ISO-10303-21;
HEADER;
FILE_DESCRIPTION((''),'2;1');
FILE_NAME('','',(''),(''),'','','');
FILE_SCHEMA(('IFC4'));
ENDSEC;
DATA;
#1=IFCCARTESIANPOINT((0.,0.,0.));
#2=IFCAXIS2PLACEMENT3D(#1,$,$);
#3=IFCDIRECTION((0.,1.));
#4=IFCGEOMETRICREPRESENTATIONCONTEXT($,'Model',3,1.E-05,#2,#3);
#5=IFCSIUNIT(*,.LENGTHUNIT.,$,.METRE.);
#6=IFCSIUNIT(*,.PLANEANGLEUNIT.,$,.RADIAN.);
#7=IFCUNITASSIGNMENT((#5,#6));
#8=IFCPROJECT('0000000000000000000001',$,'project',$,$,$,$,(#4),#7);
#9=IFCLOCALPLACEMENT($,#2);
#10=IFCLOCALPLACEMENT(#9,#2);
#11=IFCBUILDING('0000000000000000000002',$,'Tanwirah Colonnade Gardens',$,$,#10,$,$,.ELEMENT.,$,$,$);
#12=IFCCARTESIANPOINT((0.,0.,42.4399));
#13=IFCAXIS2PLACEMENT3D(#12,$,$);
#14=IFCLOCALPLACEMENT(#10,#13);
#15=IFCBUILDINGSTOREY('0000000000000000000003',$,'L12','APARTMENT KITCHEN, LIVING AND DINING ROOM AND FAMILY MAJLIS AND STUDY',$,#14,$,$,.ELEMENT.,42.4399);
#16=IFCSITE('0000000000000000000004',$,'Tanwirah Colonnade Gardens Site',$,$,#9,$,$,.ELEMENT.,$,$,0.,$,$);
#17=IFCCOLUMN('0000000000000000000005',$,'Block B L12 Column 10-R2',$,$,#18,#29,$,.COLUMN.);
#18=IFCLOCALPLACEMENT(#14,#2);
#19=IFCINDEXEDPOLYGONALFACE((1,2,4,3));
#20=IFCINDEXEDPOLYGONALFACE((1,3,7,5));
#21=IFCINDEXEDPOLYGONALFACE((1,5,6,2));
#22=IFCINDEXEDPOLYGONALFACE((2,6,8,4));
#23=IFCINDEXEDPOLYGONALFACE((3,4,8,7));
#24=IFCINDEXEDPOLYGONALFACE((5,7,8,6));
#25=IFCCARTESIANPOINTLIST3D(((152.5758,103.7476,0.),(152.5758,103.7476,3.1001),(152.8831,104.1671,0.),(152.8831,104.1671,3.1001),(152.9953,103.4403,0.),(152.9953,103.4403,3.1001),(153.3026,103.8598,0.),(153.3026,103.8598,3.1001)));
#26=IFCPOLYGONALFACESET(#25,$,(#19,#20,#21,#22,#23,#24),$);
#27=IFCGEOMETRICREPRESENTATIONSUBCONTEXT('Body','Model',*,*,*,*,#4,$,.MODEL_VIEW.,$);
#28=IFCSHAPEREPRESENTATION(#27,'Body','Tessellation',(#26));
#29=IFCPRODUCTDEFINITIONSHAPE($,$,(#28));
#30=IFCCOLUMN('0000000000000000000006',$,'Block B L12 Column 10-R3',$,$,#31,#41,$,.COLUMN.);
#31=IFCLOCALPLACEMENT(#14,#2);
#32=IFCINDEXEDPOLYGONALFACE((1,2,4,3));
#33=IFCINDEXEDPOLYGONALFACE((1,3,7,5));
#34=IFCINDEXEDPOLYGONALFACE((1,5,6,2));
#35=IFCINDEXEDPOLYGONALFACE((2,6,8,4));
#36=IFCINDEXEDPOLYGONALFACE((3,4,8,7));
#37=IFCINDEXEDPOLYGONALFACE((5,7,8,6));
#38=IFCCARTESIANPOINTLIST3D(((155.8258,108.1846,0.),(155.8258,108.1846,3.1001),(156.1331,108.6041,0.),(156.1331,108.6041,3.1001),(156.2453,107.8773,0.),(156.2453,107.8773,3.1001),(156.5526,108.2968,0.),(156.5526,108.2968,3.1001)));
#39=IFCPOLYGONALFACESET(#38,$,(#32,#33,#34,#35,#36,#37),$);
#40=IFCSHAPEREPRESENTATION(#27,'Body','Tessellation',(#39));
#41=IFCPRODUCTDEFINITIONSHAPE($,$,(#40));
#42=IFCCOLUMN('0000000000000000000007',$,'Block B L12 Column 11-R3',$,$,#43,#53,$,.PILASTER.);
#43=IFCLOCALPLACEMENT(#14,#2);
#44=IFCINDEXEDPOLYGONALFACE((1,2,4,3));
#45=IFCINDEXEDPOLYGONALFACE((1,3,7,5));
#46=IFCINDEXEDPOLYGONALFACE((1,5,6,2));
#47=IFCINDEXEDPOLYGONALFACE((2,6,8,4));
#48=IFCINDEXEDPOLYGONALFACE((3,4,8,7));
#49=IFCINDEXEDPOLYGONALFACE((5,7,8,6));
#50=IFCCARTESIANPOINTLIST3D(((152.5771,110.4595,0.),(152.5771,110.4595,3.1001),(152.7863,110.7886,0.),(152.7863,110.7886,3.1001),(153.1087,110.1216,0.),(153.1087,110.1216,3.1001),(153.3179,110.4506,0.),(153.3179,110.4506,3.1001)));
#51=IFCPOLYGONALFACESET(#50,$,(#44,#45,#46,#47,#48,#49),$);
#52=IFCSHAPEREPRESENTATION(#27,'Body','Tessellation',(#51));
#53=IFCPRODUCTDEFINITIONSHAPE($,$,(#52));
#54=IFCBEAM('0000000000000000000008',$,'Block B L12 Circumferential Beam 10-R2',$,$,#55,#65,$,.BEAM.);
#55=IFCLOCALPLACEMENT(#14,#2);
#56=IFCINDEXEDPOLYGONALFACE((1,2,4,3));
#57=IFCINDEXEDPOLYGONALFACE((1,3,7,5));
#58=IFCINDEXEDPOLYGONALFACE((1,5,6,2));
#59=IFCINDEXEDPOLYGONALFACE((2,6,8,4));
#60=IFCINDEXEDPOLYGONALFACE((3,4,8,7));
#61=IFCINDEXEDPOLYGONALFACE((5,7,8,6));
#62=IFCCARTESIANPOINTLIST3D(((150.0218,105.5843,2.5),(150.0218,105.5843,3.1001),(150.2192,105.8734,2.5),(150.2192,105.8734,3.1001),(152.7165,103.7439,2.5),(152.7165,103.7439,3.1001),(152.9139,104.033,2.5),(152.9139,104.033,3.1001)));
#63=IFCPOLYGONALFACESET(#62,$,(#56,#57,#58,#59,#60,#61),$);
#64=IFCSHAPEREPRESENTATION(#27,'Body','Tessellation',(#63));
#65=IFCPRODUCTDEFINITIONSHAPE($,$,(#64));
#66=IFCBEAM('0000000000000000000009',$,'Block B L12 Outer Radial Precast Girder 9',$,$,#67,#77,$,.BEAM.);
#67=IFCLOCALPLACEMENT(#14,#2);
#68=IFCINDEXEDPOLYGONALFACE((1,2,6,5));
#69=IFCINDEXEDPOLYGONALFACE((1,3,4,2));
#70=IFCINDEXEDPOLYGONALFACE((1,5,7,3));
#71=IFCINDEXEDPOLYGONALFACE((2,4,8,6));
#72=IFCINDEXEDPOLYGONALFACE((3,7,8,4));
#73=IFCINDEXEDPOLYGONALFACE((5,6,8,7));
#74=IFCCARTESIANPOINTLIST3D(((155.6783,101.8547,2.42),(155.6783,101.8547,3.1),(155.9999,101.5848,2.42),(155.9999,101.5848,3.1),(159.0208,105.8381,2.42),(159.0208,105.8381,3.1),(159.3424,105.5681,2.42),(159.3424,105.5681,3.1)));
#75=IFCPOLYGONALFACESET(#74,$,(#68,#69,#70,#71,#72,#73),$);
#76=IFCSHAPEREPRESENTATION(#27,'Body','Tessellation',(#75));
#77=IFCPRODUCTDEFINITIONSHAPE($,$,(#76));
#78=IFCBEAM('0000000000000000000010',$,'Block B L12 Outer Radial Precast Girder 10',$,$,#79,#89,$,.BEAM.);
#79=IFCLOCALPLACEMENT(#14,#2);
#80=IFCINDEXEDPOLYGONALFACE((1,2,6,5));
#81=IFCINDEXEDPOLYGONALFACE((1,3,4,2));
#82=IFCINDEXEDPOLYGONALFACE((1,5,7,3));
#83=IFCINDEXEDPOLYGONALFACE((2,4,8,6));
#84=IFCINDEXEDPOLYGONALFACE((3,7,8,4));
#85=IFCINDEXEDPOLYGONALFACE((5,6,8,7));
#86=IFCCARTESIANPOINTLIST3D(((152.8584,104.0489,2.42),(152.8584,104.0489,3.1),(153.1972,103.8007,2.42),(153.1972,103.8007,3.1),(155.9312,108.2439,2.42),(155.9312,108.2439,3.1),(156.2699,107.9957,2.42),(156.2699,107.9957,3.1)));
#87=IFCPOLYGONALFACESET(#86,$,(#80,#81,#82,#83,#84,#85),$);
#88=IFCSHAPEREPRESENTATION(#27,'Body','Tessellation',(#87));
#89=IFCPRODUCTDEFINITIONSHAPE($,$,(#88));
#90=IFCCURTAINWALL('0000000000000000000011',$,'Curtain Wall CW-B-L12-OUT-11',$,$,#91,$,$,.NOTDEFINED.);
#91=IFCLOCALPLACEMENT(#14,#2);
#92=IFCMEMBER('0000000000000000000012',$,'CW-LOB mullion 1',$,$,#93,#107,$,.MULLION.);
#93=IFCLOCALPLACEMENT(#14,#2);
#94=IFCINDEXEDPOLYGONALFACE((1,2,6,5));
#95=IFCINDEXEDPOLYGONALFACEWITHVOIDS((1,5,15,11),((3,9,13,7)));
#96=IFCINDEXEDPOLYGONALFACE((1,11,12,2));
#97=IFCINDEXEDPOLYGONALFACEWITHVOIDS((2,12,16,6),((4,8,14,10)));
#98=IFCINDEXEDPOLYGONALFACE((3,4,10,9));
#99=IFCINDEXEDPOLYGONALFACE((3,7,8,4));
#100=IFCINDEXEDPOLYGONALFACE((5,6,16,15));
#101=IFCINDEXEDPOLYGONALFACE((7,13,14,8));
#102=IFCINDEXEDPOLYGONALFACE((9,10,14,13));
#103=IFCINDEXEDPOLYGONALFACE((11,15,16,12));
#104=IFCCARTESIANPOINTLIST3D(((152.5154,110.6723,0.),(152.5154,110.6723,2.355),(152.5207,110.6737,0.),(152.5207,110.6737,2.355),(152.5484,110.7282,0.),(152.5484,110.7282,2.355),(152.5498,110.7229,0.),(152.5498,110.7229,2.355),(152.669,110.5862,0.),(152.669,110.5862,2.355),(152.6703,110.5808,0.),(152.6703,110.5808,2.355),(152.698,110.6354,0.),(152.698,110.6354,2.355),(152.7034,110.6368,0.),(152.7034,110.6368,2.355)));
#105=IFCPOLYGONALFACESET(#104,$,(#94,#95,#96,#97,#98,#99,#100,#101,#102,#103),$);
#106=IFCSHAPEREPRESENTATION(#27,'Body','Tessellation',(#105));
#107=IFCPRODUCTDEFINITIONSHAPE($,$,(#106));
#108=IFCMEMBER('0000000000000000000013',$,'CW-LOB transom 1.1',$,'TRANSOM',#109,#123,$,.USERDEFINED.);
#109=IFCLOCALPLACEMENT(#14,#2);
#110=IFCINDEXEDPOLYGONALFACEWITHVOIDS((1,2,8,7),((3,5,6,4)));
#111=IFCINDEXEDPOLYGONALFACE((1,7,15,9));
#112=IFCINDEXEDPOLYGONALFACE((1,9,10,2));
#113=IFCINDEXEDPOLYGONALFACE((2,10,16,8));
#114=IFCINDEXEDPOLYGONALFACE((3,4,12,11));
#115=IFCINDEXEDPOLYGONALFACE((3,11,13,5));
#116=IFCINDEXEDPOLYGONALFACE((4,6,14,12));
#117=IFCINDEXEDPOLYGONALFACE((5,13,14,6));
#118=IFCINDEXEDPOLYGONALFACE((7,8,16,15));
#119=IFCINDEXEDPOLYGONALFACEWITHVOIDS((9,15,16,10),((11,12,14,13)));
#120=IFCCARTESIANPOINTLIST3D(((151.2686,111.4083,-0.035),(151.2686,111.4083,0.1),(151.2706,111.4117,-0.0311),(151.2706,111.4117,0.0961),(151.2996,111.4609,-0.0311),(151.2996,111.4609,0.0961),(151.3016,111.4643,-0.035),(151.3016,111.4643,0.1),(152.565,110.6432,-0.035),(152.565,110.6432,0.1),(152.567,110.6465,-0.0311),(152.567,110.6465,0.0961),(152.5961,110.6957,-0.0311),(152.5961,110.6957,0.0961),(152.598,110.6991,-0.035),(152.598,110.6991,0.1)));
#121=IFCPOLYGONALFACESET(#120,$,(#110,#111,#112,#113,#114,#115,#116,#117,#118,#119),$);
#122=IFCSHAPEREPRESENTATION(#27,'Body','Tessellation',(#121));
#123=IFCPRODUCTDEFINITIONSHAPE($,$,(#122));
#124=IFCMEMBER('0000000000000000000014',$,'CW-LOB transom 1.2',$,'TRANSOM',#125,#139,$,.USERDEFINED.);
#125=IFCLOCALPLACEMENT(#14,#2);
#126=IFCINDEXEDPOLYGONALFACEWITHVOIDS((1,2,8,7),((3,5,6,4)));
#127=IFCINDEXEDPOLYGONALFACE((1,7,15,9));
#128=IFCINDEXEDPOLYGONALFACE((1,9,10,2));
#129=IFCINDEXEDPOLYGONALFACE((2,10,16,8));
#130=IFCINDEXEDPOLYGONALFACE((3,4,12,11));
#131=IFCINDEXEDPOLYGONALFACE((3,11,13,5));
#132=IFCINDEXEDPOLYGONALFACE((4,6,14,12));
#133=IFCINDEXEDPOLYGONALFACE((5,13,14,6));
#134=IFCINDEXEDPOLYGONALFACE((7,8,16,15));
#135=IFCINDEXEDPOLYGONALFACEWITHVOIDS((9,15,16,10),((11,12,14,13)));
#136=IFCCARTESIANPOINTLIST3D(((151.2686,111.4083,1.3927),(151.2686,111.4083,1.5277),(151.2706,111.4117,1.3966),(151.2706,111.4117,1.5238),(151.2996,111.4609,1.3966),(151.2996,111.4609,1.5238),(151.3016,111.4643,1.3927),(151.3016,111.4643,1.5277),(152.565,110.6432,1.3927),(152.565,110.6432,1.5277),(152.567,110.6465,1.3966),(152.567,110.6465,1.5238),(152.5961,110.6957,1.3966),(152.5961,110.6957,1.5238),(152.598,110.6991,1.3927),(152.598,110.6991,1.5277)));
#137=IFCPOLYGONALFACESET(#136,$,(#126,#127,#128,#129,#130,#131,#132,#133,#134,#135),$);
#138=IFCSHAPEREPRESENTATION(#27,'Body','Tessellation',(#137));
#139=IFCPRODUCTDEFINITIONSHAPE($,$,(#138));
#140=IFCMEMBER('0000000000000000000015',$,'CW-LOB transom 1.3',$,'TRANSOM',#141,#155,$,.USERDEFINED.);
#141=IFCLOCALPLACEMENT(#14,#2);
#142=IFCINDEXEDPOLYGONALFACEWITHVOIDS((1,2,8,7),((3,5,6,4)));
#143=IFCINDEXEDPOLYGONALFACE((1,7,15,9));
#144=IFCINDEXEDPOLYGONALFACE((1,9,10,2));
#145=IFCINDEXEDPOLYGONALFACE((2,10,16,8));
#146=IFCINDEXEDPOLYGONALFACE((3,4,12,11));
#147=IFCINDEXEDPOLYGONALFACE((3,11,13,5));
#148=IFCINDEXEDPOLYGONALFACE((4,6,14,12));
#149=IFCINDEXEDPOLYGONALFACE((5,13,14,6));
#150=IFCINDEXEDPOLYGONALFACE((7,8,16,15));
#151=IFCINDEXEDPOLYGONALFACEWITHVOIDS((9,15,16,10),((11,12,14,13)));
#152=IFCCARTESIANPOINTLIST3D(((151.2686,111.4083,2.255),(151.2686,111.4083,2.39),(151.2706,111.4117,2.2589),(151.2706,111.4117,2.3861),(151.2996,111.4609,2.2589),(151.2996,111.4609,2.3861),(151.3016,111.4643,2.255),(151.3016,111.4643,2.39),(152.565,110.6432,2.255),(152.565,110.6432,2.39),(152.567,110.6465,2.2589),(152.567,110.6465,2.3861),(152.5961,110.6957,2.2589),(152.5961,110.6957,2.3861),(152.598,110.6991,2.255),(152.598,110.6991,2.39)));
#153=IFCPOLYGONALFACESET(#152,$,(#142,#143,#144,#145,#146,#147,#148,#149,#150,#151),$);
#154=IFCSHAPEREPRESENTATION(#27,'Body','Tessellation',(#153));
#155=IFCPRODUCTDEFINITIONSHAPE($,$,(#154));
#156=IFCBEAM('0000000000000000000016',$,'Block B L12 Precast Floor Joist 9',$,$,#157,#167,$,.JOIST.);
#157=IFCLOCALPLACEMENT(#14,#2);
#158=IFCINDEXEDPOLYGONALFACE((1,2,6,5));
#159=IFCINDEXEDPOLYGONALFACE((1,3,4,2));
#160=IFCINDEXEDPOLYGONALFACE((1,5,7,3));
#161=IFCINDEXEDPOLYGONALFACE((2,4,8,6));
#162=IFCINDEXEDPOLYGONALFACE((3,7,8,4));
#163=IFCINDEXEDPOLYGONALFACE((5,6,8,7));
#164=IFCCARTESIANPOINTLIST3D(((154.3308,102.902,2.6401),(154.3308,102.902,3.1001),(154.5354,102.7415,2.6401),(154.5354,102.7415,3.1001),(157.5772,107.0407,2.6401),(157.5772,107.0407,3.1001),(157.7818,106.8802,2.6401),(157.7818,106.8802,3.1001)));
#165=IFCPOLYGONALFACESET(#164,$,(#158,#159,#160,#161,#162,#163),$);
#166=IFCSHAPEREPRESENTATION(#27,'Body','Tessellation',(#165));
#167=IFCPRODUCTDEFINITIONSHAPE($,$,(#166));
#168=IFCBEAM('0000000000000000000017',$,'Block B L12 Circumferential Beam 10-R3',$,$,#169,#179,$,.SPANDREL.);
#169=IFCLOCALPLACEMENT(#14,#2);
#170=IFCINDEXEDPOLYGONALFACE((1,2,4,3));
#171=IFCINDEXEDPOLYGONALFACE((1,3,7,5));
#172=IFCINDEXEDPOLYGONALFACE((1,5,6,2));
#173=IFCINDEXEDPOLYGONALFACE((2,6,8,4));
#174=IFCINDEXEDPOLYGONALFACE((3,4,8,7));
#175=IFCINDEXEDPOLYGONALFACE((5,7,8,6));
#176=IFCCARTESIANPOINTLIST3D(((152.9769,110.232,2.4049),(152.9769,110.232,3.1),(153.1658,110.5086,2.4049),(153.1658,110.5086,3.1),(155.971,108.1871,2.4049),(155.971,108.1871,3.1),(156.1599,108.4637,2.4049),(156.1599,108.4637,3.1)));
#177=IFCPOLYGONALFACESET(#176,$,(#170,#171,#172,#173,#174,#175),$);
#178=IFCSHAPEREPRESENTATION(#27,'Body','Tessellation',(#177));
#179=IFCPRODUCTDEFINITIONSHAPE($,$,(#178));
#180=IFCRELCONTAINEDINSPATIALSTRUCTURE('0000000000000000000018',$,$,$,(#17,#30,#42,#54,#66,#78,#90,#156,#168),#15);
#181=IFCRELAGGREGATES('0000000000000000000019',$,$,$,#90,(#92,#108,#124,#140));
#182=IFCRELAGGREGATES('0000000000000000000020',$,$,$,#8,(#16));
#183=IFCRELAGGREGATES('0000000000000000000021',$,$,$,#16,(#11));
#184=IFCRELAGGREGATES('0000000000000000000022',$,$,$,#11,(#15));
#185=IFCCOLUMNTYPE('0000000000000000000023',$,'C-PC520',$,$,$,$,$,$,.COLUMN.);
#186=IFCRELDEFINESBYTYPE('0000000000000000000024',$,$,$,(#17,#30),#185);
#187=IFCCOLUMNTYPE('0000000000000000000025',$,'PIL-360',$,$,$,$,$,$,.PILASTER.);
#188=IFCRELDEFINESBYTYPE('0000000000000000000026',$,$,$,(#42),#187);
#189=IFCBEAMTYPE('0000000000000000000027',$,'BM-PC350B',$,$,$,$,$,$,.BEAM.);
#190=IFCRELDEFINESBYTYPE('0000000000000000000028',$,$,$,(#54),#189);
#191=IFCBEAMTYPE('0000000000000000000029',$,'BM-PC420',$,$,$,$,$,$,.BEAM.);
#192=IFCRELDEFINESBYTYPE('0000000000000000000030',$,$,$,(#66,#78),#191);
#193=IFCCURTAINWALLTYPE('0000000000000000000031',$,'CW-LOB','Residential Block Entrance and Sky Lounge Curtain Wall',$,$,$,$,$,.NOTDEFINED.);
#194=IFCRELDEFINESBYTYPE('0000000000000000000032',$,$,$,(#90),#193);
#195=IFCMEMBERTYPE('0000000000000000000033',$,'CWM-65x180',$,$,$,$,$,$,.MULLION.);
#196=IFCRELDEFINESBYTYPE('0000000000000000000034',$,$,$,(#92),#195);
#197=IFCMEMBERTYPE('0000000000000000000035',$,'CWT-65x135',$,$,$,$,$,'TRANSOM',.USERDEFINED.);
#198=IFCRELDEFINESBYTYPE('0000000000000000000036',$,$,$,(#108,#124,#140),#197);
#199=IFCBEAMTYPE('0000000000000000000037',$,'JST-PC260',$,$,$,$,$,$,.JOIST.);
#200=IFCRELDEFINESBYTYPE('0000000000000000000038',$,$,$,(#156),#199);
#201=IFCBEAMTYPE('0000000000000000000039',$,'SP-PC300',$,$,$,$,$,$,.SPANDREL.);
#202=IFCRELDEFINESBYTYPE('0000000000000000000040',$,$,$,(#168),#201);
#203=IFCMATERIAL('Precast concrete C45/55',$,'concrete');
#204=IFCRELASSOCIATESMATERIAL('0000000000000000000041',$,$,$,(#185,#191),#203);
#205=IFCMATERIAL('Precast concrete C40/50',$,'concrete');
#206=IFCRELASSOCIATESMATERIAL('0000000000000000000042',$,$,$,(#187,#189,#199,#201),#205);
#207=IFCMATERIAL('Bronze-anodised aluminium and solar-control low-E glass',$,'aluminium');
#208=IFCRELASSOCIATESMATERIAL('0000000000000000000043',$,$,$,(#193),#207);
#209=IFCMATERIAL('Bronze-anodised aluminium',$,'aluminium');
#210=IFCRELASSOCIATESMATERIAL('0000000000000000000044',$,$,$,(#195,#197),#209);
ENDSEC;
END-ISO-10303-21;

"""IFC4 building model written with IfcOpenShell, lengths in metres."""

from ifc_helpers import new_model, si_unit, direction, frame, origin, origin_2d, place, context, subcontext, project, spatial, rectangle, hollow_rectangle, extrude, material, material_profile, profile_set, type_object, element, aggregate, save


model = new_model("IFC4")

# Units and contexts
model_context = context("Model", 3, precision=1e-05, world=origin(), true_north=direction((0.0, 1.0)))
body_context = subcontext(model_context, "Body", "Model", "MODEL_VIEW")
ifc_project = project(units=[si_unit("LENGTHUNIT", "METRE"), si_unit("PLANEANGLEUNIT", "RADIAN")], contexts=[model_context])

# Site, building, storey
site_placement = place(None, origin())
site = spatial("IfcSite", under=ifc_project, at=site_placement, Name="Tanwirah Colonnade Gardens Site", CompositionType="ELEMENT", RefElevation=0.0)
building_placement = place(site_placement, origin())
building = spatial("IfcBuilding", under=site, at=building_placement, Name="Tanwirah Colonnade Gardens", CompositionType="ELEMENT")
storey_placement = place(building_placement, frame((0.0, 0.0, 42.4399)))
storey = spatial("IfcBuildingStorey", under=building, at=storey_placement, Name="L12", Description="APARTMENT KITCHEN, LIVING AND DINING ROOM AND FAMILY MAJLIS AND STUDY", CompositionType="ELEMENT", Elevation=42.4399)

# Columns
ifc_material_1 = material(Name="Precast concrete C45/55", Category="concrete")
ifc_material_profile_1 = material_profile(ifc_material_1, rectangle(XDim=0.52, YDim=0.52, at=origin_2d()), Name="PC-COL 520x520")
ifc_profile_set_1 = profile_set([ifc_material_profile_1], Name="Precast concrete C45/55")
column_type_1 = type_object("IfcColumnType", Name="C-PC520", PredefinedType="COLUMN", material=ifc_profile_set_1)
for number, where, z_axis, x_axis, name in (
    (1, (152.9392, 103.8037, 0.0), (0.0, 0.0, 1.0), (0.590919, 0.806731, 0.0), "Block B L12 Column 10-R2"),
    (2, (156.1892, 108.2407, 0.0), (0.0, 0.0, 1.0), (0.590919, 0.806731, 0.0), "Block B L12 Column 10-R3"),
):
    element("IfcColumn", number, at=place(storey_placement, frame(where, z_axis=z_axis, x_axis=x_axis)), inside=storey, type_object=column_type_1, Name=name, PredefinedType="COLUMN", context=body_context, shape_type="SweptSolid", body=[
        extrude(rectangle(XDim=0.52, YDim=0.52, at=origin_2d()), origin(), (0.0, 0.0, 1.0), 3.1001),
    ])
ifc_material_2 = material(Name="Precast concrete C40/50", Category="concrete")
ifc_material_profile_2 = material_profile(ifc_material_2, rectangle(XDim=0.3899, YDim=0.6299, at=origin_2d()), Name="PC-PIL 390x630")
ifc_profile_set_2 = profile_set([ifc_material_profile_2], Name="Precast concrete C40/50")
column_type_2 = type_object("IfcColumnType", Name="PIL-360", PredefinedType="PILASTER", material=ifc_profile_set_2)
column_placement = place(storey_placement, frame((152.9475, 110.4551, 0.0), z_axis=(0.0, 0.0, 1.0), x_axis=(0.536482, 0.843912, 0.0)))
element("IfcColumn", 3, at=column_placement, inside=storey, type_object=column_type_2, Name="Block B L12 Column 11-R3", PredefinedType="PILASTER", context=body_context, shape_type="SweptSolid", body=[
    extrude(rectangle(XDim=0.3899, YDim=0.6299, at=origin_2d()), origin(), (0.0, 0.0, 1.0), 3.1001),
])

# Beams
ifc_material_profile_3 = material_profile(ifc_material_2, rectangle(XDim=0.3501, YDim=0.6001, at=origin_2d()), Name="PC-BM 350x600")
ifc_profile_set_3 = profile_set([ifc_material_profile_3], Name="Precast concrete C40/50")
beam_type_1 = type_object("IfcBeamType", Name="BM-PC350B", PredefinedType="BEAM", material=ifc_profile_set_3)
beam_1_placement = place(storey_placement, frame((152.8152, 103.8884, 2.8), z_axis=(-0.825782, 0.563989, 0.0), x_axis=(-0.563989, -0.825782, 0.0)))
element("IfcBeam", 4, at=beam_1_placement, inside=storey, type_object=beam_type_1, Name="Block B L12 Circumferential Beam 10-R2", PredefinedType="BEAM", context=body_context, shape_type="SweptSolid", body=[
    extrude(rectangle(XDim=0.3501, YDim=0.6001, at=origin_2d()), origin(), (0.0, 0.0, 1.0), 3.2632),
])
ifc_material_profile_4 = material_profile(ifc_material_1, rectangle(XDim=0.4199, YDim=0.6799, at=origin_2d()), Name="PC-BM 420x680")
ifc_profile_set_4 = profile_set([ifc_material_profile_4], Name="Precast concrete C45/55")
beam_type_2 = type_object("IfcBeamType", Name="BM-PC420", PredefinedType="BEAM", material=ifc_profile_set_4)
for number, where, z_axis, x_axis, name in (
    (5, (155.8391, 101.7197, 2.76), (0.642795, 0.766039, 0.0), (-0.766039, 0.642795, 0.0), "Block B L12 Outer Radial Precast Girder 9"),
    (6, (153.0278, 103.9248, 2.76), (0.59091, 0.806738, 0.0), (-0.806738, 0.59091, 0.0), "Block B L12 Outer Radial Precast Girder 10"),
):
    element("IfcBeam", number, at=place(storey_placement, frame(where, z_axis=z_axis, x_axis=x_axis)), inside=storey, type_object=beam_type_2, Name=name, PredefinedType="BEAM", context=body_context, shape_type="SweptSolid", body=[
        extrude(rectangle(XDim=0.4199, YDim=0.6799, at=origin_2d()), origin(), (0.0, 0.0, 1.0), 5.2),
    ])

# Curtain wall, members
ifc_material_3 = material(Name="Bronze-anodised aluminium and solar-control low-E glass", Category="aluminium")
curtain_wall_type = type_object("IfcCurtainWallType", Name="CW-LOB", Description="Residential Block Entrance and Sky Lounge Curtain Wall", PredefinedType="NOTDEFINED", material=ifc_material_3)
curtain_wall_placement = place(storey_placement, origin())
curtain_wall = element("IfcCurtainWall", 7, at=curtain_wall_placement, inside=storey, type_object=curtain_wall_type, Name="Curtain Wall CW-B-L12-OUT-11", PredefinedType="NOTDEFINED")
ifc_material_4 = material(Name="Bronze-anodised aluminium", Category="aluminium")
ifc_material_profile_5 = material_profile(ifc_material_4, hollow_rectangle(XDim=0.0649, YDim=0.1799, WallThickness=0.0039, at=origin_2d()), Name="CW-MUL 65x180x4")
ifc_profile_set_5 = profile_set([ifc_material_profile_5], Name="Bronze-anodised aluminium")
member_type_1 = type_object("IfcMemberType", Name="CWM-65x180", PredefinedType="MULLION", material=ifc_profile_set_5)
member_1_placement = place(storey_placement, frame((152.6094, 110.6545, 0.0), z_axis=(0.0, 0.0, 1.0), x_axis=(-0.508372, -0.861137, 0.0)))
member_1 = element("IfcMember", 8, at=member_1_placement, type_object=member_type_1, Name="CW-LOB mullion 1", PredefinedType="MULLION", context=body_context, shape_type="SweptSolid", body=[
    extrude(hollow_rectangle(XDim=0.0649, YDim=0.1799, WallThickness=0.0039, at=origin_2d()), origin(), (0.0, 0.0, 1.0), 2.355),
])
ifc_material_profile_6 = material_profile(ifc_material_4, hollow_rectangle(XDim=0.0649, YDim=0.135, WallThickness=0.0039, at=origin_2d()), Name="CW-TRN 65x135x4")
ifc_profile_set_6 = profile_set([ifc_material_profile_6], Name="Bronze-anodised aluminium")
member_type_2 = type_object("IfcMemberType", Name="CWT-65x135", ElementType="TRANSOM", PredefinedType="USERDEFINED", material=ifc_profile_set_6)
member_2_placement = place(storey_placement, frame((152.5815, 110.6711, 0.0325), z_axis=(-0.861191, 0.508281, 0.0), x_axis=(-0.508281, -0.861191, 0.0)))
member_2 = element("IfcMember", 9, at=member_2_placement, type_object=member_type_2, Name="CW-LOB transom 1.1", ObjectType="TRANSOM", PredefinedType="USERDEFINED", context=body_context, shape_type="SweptSolid", body=[
    extrude(hollow_rectangle(XDim=0.0649, YDim=0.135, WallThickness=0.0039, at=origin_2d()), origin(), (0.0, 0.0, 1.0), 1.5054),
])
member_3_placement = place(storey_placement, frame((152.5815, 110.6711, 1.4602), z_axis=(-0.861191, 0.508281, 0.0), x_axis=(-0.508281, -0.861191, 0.0)))
member_3 = element("IfcMember", 10, at=member_3_placement, type_object=member_type_2, Name="CW-LOB transom 1.2", ObjectType="TRANSOM", PredefinedType="USERDEFINED", context=body_context, shape_type="SweptSolid", body=[
    extrude(hollow_rectangle(XDim=0.0649, YDim=0.135, WallThickness=0.0039, at=origin_2d()), origin(), (0.0, 0.0, 1.0), 1.5054),
])
member_4_placement = place(storey_placement, frame((152.5815, 110.6711, 2.3225), z_axis=(-0.861191, 0.508281, 0.0), x_axis=(-0.508281, -0.861191, 0.0)))
member_4 = element("IfcMember", 11, at=member_4_placement, type_object=member_type_2, Name="CW-LOB transom 1.3", ObjectType="TRANSOM", PredefinedType="USERDEFINED", context=body_context, shape_type="SweptSolid", body=[
    extrude(hollow_rectangle(XDim=0.0649, YDim=0.135, WallThickness=0.0039, at=origin_2d()), origin(), (0.0, 0.0, 1.0), 1.5054),
])

# Beams
ifc_material_profile_7 = material_profile(ifc_material_2, rectangle(XDim=0.26, YDim=0.46, at=origin_2d()), Name="PC-JST 260x460")
ifc_profile_set_7 = profile_set([ifc_material_profile_7], Name="Precast concrete C40/50")
beam_type_3 = type_object("IfcBeamType", Name="JST-PC260", PredefinedType="JOIST", material=ifc_profile_set_7)
beam_2_placement = place(storey_placement, frame((154.4331, 102.8218, 2.8701), z_axis=(0.617178, 0.786824, 0.0), x_axis=(-0.786824, 0.617178, 0.0)))
element("IfcBeam", 12, at=beam_2_placement, inside=storey, type_object=beam_type_3, Name="Block B L12 Precast Floor Joist 9", PredefinedType="JOIST", context=body_context, shape_type="SweptSolid", body=[
    extrude(rectangle(XDim=0.26, YDim=0.46, at=origin_2d()), origin(), (0.0, 0.0, 1.0), 5.26),
])
ifc_material_profile_8 = material_profile(ifc_material_2, rectangle(XDim=0.335, YDim=0.6951, at=origin_2d()), Name="PC-SP 335x695")
ifc_profile_set_8 = profile_set([ifc_material_profile_8], Name="Precast concrete C40/50")
beam_type_4 = type_object("IfcBeamType", Name="SP-PC300", PredefinedType="SPANDREL", material=ifc_profile_set_8)
for number, where, z_axis, x_axis, name in (
    (13, (156.0654, 108.3254, 2.7524), (-0.825783, 0.563989, 0.0), (-0.563989, -0.825783, 0.0), "Block B L12 Circumferential Beam 10-R3"),
):
    element("IfcBeam", number, at=place(storey_placement, frame(where, z_axis=z_axis, x_axis=x_axis)), inside=storey, type_object=beam_type_4, Name=name, PredefinedType="SPANDREL", context=body_context, shape_type="SweptSolid", body=[
        extrude(rectangle(XDim=0.335, YDim=0.6951, at=origin_2d()), origin(), (0.0, 0.0, 1.0), 3.6257),
    ])

aggregate(curtain_wall, [member_1, member_2, member_3, member_4])

save(model, "model.ifc")
